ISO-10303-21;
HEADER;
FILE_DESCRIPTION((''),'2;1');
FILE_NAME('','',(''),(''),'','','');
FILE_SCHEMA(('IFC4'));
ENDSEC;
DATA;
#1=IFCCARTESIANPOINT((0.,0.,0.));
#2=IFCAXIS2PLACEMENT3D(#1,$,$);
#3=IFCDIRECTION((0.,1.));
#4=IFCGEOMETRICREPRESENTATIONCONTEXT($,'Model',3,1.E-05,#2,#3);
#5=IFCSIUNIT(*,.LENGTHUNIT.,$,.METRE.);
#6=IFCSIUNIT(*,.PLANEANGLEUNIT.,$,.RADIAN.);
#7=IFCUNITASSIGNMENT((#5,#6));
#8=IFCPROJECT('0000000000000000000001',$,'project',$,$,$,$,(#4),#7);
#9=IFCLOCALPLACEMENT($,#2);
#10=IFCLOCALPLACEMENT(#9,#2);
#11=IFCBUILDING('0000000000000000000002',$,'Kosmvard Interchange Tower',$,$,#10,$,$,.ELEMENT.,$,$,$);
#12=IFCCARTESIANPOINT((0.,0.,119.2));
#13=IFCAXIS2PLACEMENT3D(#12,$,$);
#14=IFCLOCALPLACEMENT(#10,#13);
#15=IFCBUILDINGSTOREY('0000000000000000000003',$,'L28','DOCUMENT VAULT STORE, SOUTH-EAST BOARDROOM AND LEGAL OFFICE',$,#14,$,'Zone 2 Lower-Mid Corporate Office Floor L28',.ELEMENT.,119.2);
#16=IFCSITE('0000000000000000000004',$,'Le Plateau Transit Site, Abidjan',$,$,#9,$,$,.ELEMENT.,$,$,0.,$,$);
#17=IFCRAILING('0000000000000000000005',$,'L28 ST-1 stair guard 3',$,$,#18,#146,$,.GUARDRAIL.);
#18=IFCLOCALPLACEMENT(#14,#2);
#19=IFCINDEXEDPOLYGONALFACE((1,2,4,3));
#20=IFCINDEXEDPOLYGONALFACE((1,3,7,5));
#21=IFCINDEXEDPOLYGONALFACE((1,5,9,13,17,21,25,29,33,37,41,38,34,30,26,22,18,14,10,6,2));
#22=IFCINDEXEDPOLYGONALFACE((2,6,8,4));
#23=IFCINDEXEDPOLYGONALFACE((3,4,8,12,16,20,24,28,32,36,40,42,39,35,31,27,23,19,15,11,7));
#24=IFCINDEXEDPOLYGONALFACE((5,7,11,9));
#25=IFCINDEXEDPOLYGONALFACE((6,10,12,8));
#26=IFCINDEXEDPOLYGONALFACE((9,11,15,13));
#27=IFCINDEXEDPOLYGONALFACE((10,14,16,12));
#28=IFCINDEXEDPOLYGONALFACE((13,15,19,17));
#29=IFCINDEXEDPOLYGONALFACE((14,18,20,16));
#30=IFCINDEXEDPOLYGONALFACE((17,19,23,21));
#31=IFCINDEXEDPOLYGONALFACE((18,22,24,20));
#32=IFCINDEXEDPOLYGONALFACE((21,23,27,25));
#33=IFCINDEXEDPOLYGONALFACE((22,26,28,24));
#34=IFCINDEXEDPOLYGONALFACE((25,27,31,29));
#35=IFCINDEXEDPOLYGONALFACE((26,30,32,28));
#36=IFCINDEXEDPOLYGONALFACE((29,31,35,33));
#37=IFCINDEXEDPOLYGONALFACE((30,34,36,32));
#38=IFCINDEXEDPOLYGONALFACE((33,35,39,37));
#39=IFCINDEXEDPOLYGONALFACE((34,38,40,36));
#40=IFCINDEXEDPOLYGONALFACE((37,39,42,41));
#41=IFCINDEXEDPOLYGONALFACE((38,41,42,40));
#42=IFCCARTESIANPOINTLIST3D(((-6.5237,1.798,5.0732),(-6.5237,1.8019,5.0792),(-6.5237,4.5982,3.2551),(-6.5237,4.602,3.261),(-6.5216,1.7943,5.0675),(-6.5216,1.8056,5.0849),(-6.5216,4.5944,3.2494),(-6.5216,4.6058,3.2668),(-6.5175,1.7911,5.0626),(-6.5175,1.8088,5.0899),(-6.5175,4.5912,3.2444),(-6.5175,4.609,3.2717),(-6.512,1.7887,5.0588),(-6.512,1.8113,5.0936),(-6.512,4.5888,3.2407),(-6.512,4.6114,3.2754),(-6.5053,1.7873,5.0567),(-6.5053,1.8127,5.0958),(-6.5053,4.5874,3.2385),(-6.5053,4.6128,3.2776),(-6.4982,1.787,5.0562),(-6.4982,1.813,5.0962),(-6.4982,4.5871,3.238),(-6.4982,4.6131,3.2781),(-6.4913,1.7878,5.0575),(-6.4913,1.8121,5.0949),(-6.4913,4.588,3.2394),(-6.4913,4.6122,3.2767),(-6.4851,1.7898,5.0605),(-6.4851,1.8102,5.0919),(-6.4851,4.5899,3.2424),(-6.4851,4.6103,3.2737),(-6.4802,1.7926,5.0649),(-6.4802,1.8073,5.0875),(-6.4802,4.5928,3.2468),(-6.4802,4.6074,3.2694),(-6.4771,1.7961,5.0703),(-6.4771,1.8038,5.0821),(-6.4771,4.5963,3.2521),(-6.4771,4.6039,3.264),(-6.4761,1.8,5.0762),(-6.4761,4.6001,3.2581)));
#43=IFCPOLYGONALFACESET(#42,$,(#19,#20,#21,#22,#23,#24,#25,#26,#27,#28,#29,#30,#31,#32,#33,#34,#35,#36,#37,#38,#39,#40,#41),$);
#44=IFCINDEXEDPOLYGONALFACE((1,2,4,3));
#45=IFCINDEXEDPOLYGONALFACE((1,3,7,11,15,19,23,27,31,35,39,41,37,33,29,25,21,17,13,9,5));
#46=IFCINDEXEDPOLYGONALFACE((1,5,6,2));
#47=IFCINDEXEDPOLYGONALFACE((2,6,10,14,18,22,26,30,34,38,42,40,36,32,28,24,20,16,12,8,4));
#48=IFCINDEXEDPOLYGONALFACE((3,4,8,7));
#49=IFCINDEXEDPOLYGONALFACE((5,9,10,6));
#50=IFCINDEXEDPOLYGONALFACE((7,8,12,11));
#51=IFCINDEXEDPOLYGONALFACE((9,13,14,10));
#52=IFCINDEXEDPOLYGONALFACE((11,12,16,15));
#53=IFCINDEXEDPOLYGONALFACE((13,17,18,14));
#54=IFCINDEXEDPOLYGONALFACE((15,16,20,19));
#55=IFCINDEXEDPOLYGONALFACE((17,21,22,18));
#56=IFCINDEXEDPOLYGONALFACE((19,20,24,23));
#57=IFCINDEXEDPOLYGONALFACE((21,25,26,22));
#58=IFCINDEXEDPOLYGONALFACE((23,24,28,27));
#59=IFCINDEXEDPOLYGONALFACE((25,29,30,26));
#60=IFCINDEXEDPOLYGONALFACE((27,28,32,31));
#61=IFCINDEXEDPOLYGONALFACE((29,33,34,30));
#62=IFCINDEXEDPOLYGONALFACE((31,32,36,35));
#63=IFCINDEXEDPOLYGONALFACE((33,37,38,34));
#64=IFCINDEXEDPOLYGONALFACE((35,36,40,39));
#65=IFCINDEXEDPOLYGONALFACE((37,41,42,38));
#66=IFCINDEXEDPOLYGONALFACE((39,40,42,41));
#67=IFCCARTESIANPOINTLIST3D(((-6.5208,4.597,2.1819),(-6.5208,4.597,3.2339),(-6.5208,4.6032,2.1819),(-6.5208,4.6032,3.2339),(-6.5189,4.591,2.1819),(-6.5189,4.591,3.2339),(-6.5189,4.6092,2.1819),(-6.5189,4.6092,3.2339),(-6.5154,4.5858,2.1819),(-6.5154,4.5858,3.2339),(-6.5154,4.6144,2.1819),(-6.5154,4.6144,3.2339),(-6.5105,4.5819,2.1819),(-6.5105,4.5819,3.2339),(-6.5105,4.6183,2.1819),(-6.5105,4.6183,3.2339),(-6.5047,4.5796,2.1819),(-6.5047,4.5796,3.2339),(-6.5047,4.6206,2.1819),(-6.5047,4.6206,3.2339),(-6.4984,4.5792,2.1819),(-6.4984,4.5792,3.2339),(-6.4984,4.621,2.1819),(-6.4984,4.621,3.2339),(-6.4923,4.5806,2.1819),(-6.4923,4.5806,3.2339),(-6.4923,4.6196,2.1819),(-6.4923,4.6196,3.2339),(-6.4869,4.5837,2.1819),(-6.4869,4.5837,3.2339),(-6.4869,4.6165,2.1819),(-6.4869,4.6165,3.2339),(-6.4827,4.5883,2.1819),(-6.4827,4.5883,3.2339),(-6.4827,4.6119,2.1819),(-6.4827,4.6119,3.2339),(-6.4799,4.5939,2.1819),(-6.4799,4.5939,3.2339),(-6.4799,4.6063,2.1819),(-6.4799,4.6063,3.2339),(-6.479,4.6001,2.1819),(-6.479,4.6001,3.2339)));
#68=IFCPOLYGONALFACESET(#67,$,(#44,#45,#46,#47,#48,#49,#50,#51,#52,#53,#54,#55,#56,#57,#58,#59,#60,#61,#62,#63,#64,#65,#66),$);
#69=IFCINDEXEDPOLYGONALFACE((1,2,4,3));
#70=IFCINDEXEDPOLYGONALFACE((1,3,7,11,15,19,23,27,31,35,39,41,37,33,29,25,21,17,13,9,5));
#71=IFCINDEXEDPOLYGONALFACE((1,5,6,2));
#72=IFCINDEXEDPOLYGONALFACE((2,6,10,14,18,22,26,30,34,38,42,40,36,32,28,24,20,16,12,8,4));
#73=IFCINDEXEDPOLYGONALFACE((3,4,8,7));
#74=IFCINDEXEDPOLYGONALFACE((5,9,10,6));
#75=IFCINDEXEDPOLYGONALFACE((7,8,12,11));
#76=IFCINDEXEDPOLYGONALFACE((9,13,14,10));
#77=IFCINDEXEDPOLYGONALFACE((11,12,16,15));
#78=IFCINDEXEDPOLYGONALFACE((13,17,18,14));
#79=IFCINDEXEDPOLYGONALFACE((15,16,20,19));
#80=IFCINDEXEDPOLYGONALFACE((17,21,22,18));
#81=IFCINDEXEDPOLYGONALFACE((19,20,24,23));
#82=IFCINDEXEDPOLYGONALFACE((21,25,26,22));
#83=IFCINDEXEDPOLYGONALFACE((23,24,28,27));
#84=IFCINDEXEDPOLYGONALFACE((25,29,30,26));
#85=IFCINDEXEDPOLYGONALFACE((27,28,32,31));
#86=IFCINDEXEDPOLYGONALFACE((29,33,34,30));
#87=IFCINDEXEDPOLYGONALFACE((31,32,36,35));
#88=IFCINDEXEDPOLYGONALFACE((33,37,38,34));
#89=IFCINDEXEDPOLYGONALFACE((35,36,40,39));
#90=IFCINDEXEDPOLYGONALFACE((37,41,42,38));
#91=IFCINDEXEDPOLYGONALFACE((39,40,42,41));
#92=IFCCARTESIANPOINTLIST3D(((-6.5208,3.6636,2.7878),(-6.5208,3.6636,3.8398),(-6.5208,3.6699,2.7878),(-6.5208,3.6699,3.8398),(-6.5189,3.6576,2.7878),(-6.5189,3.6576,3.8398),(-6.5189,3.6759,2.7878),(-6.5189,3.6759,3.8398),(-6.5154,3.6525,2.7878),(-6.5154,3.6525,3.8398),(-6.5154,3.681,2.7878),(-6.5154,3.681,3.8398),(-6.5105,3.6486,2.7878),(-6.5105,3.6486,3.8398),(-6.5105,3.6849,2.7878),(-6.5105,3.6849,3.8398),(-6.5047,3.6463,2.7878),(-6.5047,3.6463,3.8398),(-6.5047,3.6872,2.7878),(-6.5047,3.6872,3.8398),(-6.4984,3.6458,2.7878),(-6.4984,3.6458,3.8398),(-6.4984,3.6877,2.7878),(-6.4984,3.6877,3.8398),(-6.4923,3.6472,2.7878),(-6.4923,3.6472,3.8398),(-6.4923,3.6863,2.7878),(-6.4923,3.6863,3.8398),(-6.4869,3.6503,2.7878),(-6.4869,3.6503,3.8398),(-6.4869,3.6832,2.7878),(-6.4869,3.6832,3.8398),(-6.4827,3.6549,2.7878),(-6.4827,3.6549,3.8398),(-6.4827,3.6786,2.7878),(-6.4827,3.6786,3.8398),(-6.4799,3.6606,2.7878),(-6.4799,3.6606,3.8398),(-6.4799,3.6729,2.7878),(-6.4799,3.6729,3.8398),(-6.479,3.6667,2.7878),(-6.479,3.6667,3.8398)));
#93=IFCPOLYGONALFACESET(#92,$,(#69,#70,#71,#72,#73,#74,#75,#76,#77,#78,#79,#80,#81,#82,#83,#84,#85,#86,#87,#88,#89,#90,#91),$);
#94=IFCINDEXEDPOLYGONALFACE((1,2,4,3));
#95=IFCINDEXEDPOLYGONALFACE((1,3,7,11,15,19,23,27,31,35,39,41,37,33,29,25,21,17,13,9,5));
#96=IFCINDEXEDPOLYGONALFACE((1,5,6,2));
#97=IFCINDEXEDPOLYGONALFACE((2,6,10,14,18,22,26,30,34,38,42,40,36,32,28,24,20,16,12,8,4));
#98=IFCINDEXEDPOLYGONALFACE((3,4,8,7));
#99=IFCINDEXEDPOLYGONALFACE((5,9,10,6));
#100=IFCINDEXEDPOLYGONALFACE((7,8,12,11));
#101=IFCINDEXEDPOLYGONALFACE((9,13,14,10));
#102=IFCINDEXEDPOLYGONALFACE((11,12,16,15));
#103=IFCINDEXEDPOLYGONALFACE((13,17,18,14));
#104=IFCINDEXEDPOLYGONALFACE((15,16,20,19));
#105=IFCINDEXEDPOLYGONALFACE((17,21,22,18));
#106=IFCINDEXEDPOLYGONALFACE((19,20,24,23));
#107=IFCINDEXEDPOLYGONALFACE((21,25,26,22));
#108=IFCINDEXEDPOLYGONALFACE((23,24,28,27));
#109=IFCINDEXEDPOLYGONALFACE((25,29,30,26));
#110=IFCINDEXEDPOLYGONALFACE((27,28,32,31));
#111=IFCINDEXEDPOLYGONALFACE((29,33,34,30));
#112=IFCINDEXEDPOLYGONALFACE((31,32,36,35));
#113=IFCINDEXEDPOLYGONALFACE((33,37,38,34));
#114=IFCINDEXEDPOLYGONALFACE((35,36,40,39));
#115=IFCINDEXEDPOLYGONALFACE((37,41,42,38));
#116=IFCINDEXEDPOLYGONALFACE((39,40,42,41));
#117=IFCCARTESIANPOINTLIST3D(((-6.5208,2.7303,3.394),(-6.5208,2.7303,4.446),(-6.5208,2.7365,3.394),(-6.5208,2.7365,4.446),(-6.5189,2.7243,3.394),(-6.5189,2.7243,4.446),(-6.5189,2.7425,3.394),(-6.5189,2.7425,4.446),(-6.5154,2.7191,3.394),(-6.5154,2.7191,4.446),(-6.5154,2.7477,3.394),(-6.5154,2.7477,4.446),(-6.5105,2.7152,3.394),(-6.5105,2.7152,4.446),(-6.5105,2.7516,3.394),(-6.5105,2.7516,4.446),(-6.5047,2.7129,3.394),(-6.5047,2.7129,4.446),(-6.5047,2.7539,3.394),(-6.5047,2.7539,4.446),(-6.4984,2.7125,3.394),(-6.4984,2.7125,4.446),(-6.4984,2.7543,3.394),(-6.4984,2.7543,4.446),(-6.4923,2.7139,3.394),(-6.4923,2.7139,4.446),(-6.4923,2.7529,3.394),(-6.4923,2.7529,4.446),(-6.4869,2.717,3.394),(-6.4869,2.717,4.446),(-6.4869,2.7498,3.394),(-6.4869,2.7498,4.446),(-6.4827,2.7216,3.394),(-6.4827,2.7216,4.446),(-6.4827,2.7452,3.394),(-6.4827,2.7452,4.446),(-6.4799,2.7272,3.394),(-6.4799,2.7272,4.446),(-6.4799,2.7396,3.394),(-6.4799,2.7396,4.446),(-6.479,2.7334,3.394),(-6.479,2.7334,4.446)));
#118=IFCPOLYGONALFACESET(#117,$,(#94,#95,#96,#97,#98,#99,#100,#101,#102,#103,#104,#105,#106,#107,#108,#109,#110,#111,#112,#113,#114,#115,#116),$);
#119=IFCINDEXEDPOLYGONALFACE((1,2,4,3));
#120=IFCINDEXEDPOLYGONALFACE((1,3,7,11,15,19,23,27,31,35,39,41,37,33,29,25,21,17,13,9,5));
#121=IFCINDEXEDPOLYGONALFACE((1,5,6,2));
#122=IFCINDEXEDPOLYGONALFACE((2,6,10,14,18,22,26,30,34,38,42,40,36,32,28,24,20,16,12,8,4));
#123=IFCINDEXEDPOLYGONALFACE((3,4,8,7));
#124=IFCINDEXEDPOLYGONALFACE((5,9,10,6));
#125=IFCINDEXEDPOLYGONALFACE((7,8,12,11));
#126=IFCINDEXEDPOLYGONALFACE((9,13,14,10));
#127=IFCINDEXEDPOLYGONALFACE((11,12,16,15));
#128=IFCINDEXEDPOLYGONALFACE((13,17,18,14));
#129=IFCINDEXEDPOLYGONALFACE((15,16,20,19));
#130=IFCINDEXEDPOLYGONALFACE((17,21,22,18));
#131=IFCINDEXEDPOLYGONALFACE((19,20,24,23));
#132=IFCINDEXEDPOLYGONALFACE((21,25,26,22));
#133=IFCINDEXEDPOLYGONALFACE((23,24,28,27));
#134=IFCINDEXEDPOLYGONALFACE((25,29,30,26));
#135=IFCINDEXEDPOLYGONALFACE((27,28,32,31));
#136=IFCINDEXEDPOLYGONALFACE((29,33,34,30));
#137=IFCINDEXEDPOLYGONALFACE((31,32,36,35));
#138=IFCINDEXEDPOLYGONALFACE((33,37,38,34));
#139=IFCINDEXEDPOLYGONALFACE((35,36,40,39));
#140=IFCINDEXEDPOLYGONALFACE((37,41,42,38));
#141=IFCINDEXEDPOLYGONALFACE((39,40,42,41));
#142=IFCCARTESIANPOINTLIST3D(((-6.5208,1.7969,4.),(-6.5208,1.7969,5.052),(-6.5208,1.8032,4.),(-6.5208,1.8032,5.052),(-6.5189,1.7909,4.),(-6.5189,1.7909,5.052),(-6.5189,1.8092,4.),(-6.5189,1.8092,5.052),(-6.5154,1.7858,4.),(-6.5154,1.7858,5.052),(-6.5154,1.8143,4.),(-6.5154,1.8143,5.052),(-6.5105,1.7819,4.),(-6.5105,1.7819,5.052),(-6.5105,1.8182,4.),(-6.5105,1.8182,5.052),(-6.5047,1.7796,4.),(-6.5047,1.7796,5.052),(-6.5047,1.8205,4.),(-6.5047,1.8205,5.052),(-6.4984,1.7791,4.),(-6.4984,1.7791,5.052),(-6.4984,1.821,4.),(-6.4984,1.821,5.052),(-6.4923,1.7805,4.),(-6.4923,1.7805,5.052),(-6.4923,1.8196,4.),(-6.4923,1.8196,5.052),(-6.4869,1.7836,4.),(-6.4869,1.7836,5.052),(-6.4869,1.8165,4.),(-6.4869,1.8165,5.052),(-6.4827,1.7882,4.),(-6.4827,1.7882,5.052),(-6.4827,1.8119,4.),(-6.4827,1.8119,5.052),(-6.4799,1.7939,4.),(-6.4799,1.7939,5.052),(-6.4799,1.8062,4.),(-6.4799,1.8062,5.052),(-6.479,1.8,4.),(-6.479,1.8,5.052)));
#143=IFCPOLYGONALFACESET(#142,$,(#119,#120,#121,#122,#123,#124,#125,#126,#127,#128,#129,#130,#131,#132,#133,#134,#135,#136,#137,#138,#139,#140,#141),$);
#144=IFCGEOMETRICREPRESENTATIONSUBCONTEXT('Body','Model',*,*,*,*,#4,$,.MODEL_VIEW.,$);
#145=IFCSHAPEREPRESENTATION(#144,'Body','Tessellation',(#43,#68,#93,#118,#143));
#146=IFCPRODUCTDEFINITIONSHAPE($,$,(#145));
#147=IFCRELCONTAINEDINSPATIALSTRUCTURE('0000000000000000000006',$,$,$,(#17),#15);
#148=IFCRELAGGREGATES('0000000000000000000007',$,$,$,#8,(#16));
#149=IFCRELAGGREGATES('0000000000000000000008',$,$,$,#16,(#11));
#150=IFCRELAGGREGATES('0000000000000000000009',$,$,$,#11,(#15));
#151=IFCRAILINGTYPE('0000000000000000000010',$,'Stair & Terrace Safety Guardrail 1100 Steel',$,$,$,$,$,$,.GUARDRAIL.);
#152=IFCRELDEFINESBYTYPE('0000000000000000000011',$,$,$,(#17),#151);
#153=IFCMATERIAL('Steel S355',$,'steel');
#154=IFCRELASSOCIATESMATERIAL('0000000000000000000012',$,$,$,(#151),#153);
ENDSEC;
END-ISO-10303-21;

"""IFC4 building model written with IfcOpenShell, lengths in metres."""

from ifc_helpers import new_model, si_unit, direction, frame, origin, origin_2d, place, context, subcontext, project, spatial, circle, extrude, source, transform, mapped, material, type_object, element, save


model = new_model("IFC4")

# Units and contexts
model_context = context("Model", 3, precision=1e-05, world=origin(), true_north=direction((0.0, 1.0)))
body_context = subcontext(model_context, "Body", "Model", "MODEL_VIEW")
ifc_project = project(units=[si_unit("LENGTHUNIT", "METRE"), si_unit("PLANEANGLEUNIT", "RADIAN")], contexts=[model_context])

# Site, building, storey
site_placement = place(None, origin())
site = spatial("IfcSite", under=ifc_project, at=site_placement, Name="Le Plateau Transit Site, Abidjan", CompositionType="ELEMENT", RefElevation=0.0)
building_placement = place(site_placement, origin())
building = spatial("IfcBuilding", under=site, at=building_placement, Name="Kosmvard Interchange Tower", CompositionType="ELEMENT")
storey_placement = place(building_placement, frame((0.0, 0.0, 119.2)))
storey = spatial("IfcBuildingStorey", under=building, at=storey_placement, Name="L28", Description="DOCUMENT VAULT STORE, SOUTH-EAST BOARDROOM AND LEGAL OFFICE", LongName="Zone 2 Lower-Mid Corporate Office Floor L28", CompositionType="ELEMENT", Elevation=119.2)

# Shared definitions
ifc_material_1 = material(Name="Steel S355", Category="steel")

# Railing
railing_type_1 = type_object("IfcRailingType", Name="Stair & Terrace Safety Guardrail 1100 Steel", PredefinedType="GUARDRAIL", material=ifc_material_1)
shared_shape_1 = source(origin(), body_context, "Body", "SweptSolid", [
    extrude(circle(Radius=0.0239, at=origin_2d()), frame((0.0, 0.0, 1.0762), z_axis=(0.0, -0.838706, 0.544585), x_axis=(1.0, 0.0, 0.0)), (0.0, 0.0, 1.0), 3.3386),
    extrude(circle(Radius=0.021, at=origin_2d()), origin(), (0.0, 0.0, 1.0), 1.052),
    extrude(circle(Radius=0.021, at=origin_2d()), frame((0.0, -0.9333, 0.606)), (0.0, 0.0, 1.0), 1.052),
    extrude(circle(Radius=0.021, at=origin_2d()), frame((0.0, -1.8667, 1.2122)), (0.0, 0.0, 1.0), 1.052),
    extrude(circle(Radius=0.021, at=origin_2d()), frame((0.0, -2.8, 1.8181)), (0.0, 0.0, 1.0), 1.052),
])
railing_1_placement = place(storey_placement, frame((-6.5, 4.6001, 2.1819)))
element("IfcRailing", 1, at=railing_1_placement, inside=storey, type_object=railing_type_1, Name="L28 ST-1 stair guard 3", PredefinedType="GUARDRAIL", context=body_context, shape_type="MappedRepresentation", body=[
    mapped(shared_shape_1, transform((0.0, 0.0, 0.0), scale=1.0)),
])

save(model, "model.ifc")
